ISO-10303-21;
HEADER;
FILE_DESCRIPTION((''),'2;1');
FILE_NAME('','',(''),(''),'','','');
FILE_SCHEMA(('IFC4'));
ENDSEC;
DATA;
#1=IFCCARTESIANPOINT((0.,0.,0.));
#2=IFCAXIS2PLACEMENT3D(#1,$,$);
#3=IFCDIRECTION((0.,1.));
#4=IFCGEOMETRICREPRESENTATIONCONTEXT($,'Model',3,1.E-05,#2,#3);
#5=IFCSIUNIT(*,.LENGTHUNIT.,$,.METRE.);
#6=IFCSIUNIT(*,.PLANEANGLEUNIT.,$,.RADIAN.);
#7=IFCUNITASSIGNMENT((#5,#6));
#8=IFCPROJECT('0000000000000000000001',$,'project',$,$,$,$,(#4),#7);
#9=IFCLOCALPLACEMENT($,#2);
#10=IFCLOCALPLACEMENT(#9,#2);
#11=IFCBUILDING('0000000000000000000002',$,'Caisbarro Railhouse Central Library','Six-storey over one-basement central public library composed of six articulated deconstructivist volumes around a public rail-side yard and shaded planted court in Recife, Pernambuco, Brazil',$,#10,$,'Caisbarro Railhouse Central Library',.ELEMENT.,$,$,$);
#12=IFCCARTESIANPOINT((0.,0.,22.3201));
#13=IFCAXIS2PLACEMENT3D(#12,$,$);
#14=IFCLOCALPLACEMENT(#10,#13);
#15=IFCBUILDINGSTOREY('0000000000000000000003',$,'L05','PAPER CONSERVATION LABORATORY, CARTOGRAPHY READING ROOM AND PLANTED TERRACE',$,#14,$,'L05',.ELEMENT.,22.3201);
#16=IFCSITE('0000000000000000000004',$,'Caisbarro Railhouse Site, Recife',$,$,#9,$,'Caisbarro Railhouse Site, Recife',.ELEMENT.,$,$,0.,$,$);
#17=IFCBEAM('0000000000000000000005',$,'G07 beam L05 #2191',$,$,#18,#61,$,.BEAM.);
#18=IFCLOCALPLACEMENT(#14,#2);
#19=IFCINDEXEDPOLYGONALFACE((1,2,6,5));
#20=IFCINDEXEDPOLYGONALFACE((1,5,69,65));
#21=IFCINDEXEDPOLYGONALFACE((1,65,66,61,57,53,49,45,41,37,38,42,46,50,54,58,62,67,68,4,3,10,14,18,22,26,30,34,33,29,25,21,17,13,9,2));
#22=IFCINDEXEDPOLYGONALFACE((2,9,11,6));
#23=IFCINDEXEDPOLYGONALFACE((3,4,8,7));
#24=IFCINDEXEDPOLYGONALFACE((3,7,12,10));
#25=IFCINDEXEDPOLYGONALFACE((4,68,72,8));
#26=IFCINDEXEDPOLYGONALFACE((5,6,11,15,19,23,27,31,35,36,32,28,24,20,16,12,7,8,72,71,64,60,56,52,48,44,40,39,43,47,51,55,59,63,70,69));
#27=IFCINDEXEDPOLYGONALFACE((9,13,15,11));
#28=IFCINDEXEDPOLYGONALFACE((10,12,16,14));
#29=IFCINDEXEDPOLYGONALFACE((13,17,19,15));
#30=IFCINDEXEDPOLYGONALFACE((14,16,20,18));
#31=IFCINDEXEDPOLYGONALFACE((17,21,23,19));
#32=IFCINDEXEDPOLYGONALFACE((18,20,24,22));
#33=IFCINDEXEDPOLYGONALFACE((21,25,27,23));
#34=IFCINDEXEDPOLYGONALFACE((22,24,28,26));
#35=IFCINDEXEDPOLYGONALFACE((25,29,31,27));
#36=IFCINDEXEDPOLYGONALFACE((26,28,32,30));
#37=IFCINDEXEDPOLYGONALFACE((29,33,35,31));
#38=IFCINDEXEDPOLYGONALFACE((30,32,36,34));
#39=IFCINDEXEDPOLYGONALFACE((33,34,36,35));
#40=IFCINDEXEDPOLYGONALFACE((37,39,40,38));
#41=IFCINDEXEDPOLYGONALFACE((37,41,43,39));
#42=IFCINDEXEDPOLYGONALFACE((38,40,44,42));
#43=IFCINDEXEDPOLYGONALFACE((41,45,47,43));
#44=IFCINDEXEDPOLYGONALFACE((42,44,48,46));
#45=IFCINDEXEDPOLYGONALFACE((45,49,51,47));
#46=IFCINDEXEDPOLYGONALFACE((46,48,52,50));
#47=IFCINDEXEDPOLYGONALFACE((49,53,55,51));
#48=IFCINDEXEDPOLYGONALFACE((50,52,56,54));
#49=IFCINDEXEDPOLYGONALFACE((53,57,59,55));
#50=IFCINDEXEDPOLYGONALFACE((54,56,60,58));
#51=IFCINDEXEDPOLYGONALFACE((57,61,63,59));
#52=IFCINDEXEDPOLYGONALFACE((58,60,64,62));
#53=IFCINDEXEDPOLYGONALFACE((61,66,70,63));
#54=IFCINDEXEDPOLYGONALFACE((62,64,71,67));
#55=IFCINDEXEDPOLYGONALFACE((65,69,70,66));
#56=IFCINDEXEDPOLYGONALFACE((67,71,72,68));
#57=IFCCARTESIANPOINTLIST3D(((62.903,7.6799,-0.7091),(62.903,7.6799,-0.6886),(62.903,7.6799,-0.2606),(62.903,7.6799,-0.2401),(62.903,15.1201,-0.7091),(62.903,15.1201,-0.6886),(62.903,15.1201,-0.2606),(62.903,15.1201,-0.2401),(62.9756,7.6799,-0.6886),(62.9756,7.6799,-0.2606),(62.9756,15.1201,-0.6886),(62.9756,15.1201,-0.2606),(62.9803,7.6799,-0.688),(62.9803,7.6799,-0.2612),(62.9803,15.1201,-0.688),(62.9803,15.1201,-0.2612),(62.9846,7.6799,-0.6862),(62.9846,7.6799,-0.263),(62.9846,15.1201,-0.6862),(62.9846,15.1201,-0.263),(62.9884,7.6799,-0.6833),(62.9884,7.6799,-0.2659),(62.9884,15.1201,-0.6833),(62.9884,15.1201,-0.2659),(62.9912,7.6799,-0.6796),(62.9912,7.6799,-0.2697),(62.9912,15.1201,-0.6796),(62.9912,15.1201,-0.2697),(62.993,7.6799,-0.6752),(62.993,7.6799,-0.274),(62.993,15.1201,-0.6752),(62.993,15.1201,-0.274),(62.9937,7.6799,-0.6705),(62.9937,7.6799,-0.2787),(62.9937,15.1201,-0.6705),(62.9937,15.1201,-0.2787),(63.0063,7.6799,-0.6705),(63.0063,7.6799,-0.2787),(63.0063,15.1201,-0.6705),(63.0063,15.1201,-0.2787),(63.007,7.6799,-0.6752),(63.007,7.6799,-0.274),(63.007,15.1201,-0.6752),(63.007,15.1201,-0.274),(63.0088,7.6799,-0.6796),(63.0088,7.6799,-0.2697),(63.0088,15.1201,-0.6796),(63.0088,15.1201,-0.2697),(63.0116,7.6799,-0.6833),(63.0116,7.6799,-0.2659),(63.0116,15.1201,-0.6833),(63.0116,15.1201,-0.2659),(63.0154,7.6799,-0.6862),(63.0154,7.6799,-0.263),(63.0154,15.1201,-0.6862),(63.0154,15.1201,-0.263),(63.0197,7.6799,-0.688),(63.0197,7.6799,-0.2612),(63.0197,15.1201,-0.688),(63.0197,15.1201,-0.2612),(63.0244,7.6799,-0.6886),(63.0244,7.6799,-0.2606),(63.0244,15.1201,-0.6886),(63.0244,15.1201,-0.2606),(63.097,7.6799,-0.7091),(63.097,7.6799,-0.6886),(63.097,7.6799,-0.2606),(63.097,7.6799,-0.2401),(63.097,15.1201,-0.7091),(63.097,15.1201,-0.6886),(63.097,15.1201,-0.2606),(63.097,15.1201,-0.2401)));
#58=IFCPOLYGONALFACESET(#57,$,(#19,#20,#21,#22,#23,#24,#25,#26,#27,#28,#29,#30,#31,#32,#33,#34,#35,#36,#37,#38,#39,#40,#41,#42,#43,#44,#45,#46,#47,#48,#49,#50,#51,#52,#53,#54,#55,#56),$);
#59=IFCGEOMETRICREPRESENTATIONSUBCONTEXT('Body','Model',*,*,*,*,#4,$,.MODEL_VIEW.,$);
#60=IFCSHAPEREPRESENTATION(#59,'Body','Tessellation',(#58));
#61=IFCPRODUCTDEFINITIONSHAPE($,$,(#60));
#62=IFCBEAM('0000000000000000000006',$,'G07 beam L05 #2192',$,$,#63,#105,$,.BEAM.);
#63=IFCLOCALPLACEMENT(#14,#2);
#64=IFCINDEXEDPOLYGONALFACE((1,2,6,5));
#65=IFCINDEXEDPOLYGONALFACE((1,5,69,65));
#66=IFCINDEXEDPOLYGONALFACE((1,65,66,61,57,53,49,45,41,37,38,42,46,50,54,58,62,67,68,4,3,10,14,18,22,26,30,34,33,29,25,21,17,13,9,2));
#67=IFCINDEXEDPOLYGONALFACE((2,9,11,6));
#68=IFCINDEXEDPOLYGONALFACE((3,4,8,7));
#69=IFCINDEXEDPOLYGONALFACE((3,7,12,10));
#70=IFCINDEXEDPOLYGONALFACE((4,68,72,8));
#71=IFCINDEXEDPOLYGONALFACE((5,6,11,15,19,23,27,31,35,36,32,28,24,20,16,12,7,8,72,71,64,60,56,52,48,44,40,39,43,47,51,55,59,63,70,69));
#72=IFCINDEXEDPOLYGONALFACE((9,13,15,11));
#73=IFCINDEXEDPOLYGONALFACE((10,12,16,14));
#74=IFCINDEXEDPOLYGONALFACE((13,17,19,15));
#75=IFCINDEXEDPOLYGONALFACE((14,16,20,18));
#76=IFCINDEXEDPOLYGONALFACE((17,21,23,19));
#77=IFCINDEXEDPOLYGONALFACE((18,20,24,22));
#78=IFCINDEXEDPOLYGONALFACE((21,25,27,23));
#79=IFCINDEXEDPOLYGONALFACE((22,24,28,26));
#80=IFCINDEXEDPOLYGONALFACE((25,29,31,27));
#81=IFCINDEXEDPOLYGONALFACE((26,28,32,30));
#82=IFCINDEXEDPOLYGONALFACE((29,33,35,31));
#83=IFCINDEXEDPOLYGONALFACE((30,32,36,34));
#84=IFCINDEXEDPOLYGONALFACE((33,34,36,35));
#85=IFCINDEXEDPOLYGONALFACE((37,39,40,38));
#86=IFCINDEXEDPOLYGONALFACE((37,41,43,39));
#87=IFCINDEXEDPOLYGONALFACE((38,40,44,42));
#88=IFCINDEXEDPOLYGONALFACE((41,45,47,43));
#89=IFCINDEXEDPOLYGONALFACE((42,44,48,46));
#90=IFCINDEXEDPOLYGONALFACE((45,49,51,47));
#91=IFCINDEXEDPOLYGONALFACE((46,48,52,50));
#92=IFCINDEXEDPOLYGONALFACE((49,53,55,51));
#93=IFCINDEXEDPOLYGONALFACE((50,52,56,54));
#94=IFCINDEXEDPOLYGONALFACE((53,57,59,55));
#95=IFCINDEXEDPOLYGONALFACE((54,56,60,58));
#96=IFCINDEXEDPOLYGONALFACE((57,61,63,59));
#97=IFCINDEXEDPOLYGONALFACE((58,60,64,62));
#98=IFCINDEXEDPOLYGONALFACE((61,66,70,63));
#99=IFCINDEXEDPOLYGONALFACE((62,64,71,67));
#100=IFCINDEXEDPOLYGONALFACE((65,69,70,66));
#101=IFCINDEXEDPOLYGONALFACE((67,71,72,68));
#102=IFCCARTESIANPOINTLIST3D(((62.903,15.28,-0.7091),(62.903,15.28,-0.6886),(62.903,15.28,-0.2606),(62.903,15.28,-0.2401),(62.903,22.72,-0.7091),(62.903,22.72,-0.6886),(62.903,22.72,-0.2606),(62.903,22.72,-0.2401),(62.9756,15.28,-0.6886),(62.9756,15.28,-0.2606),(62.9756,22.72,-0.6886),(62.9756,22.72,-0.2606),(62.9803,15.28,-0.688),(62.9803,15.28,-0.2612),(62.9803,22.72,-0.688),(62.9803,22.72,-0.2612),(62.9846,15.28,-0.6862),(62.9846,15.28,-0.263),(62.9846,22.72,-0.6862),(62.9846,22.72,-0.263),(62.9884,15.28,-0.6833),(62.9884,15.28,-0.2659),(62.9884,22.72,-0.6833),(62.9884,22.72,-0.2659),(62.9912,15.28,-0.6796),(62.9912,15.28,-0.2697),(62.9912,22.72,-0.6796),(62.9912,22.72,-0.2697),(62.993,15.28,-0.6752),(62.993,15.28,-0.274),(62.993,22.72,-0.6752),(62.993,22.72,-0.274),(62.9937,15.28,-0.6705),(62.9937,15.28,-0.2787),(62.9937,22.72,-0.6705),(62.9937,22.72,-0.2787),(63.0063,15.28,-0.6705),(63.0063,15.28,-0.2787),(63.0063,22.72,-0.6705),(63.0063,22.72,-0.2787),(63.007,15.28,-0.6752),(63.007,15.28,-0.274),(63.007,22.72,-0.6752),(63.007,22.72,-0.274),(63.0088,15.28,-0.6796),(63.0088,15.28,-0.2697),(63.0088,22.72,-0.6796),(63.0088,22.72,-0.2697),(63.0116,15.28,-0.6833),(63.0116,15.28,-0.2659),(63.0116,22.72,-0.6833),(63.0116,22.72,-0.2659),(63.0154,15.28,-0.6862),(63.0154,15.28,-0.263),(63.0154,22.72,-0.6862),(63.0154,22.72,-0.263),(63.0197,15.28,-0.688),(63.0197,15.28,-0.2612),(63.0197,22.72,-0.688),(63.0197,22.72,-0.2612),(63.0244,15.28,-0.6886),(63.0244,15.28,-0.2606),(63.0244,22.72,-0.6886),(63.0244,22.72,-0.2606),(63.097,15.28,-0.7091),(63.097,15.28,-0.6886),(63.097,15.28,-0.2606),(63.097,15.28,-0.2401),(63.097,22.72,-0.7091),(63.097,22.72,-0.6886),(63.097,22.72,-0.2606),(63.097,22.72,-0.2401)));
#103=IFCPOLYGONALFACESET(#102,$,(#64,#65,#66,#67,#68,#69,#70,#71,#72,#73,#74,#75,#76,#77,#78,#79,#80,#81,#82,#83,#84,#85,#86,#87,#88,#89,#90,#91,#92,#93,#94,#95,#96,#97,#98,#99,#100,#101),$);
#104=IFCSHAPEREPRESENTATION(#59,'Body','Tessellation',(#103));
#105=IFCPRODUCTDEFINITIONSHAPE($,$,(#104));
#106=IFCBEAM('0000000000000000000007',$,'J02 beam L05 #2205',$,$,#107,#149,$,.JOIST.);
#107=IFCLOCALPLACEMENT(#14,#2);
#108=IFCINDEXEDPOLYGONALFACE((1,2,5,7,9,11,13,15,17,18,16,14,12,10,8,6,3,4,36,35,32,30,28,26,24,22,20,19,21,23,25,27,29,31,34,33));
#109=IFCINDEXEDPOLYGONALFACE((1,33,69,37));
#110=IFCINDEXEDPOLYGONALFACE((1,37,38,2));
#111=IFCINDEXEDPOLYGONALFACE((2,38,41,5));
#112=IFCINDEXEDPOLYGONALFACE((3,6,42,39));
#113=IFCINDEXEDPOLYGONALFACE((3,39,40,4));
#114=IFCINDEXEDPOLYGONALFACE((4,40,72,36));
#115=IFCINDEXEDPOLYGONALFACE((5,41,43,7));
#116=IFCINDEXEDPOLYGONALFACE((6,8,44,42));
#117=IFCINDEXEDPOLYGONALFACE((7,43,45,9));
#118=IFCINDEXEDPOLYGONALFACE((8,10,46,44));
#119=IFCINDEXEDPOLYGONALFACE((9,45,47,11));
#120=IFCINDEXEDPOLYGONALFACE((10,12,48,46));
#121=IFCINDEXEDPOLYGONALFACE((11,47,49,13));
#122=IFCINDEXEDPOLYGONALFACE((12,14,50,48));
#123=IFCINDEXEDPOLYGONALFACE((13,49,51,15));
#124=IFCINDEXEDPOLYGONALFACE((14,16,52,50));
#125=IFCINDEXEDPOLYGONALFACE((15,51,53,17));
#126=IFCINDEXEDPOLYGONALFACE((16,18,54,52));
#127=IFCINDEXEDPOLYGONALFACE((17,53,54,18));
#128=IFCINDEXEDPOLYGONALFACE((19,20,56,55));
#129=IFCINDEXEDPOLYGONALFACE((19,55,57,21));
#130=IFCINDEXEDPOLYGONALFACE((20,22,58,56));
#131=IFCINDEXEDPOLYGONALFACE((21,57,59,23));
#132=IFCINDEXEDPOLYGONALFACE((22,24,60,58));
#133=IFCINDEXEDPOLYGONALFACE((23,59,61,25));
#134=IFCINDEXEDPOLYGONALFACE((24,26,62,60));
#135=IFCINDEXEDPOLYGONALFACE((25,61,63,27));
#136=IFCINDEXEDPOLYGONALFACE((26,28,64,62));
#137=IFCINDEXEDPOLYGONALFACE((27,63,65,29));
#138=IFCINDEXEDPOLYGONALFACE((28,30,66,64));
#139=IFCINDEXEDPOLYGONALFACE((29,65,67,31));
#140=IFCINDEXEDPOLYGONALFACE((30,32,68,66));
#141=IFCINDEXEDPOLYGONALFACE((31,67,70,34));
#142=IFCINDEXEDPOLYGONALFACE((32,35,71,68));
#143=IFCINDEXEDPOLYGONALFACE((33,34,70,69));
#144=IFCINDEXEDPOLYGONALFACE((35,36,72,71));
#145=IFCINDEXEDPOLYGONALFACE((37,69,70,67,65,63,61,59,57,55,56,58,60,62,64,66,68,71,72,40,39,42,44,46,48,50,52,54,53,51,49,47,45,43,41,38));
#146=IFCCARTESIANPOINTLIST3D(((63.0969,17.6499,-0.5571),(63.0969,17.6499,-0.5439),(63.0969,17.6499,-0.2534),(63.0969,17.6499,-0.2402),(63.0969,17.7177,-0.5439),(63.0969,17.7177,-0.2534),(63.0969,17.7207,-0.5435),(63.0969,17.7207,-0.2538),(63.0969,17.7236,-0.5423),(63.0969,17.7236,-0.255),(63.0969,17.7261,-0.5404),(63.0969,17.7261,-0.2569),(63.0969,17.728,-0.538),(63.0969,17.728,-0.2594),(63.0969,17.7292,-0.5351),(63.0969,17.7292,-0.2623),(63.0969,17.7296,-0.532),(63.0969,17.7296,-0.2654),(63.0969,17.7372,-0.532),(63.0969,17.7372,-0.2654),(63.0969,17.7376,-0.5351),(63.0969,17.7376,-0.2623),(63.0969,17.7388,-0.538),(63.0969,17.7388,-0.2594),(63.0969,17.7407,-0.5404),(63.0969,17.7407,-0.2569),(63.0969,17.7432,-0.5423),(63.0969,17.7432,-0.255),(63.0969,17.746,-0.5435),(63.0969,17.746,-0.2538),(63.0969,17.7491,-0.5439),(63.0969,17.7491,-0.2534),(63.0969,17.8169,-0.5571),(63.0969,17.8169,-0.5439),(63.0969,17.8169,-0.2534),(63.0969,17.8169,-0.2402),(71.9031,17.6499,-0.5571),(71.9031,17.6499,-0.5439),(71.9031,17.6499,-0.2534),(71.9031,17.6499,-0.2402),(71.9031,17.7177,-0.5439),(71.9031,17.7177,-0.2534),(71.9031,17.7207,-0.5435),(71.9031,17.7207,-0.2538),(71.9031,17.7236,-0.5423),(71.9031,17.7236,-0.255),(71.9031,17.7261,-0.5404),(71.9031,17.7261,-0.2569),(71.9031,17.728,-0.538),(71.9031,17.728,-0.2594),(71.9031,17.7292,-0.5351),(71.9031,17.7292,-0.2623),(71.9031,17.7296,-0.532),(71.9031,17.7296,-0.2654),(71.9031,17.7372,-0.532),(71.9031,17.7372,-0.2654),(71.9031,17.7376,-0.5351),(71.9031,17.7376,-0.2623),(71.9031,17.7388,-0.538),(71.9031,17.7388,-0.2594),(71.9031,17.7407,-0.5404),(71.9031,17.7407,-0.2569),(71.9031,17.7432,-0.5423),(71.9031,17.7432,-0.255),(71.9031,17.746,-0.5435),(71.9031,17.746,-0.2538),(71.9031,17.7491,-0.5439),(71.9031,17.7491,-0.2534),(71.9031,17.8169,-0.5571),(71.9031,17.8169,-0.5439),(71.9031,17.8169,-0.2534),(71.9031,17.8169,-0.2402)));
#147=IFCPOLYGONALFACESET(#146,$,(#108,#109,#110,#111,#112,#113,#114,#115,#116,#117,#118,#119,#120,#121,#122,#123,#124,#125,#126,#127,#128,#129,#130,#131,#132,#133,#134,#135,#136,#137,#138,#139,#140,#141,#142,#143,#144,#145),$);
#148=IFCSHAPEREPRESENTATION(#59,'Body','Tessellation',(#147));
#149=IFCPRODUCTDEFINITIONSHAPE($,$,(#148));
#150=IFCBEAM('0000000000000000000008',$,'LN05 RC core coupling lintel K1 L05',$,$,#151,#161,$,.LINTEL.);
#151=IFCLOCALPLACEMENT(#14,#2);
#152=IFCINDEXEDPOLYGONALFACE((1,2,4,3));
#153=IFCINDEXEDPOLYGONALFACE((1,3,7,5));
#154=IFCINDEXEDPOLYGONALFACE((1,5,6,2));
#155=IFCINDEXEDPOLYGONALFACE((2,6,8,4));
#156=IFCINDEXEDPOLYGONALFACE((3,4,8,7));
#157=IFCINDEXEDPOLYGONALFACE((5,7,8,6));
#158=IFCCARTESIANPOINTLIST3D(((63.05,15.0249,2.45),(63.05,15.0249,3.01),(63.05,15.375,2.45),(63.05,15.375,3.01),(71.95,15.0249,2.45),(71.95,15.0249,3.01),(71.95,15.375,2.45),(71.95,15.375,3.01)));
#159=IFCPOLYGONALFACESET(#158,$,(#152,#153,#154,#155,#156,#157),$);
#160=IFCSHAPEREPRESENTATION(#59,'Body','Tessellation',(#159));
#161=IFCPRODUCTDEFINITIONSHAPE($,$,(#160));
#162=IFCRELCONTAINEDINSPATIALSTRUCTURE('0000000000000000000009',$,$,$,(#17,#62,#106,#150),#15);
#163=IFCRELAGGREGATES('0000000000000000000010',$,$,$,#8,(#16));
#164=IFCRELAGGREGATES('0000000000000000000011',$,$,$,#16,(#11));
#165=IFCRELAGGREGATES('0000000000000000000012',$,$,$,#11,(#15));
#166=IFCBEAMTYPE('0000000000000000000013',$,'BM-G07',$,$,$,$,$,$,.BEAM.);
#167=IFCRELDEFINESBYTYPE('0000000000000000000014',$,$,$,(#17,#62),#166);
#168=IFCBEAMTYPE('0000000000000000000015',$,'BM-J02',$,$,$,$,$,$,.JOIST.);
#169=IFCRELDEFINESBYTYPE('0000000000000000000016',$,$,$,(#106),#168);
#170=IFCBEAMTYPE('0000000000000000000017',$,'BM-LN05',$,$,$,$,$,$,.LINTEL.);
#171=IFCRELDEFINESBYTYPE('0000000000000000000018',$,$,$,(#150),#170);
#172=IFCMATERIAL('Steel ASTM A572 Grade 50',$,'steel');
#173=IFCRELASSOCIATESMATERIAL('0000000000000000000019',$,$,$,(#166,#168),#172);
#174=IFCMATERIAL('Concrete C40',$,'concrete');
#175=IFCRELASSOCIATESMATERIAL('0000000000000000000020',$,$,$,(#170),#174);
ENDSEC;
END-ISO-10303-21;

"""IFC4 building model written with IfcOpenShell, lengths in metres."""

from ifc_helpers import new_model, si_unit, direction, frame, origin, origin_2d, place, context, subcontext, project, spatial, rectangle, i_section, extrude, material, material_profile, profile_set, type_object, element, save


model = new_model("IFC4")

# Units and contexts
model_context = context("Model", 3, precision=1e-05, world=origin(), true_north=direction((0.0, 1.0)))
body_context = subcontext(model_context, "Body", "Model", "MODEL_VIEW")
ifc_project = project(units=[si_unit("LENGTHUNIT", "METRE"), si_unit("PLANEANGLEUNIT", "RADIAN")], contexts=[model_context])

# Site, building, storey
site_placement = place(None, origin())
site = spatial("IfcSite", under=ifc_project, at=site_placement, Name="Caisbarro Railhouse Site, Recife", LongName="Caisbarro Railhouse Site, Recife", CompositionType="ELEMENT", RefElevation=0.0)
building_placement = place(site_placement, origin())
building = spatial("IfcBuilding", under=site, at=building_placement, Name="Caisbarro Railhouse Central Library", Description="Six-storey over one-basement central public library composed of six articulated deconstructivist volumes around a public rail-side yard and shaded planted court in Recife, Pernambuco, Brazil", LongName="Caisbarro Railhouse Central Library", CompositionType="ELEMENT")
storey_placement = place(building_placement, frame((0.0, 0.0, 22.3201)))
storey = spatial("IfcBuildingStorey", under=building, at=storey_placement, Name="L05", Description="PAPER CONSERVATION LABORATORY, CARTOGRAPHY READING ROOM AND PLANTED TERRACE", LongName="L05", CompositionType="ELEMENT", Elevation=22.3201)

# Shared definitions
ifc_material_1 = material(Name="Steel ASTM A572 Grade 50", Category="steel")

# Beams
ifc_material_profile_1 = material_profile(ifc_material_1, i_section(OverallWidth=0.1941, OverallDepth=0.469, WebThickness=0.0127, FlangeThickness=0.0205, FilletRadius=0.0181, at=origin_2d()), Name="W460X106.0")
ifc_profile_set_1 = profile_set([ifc_material_profile_1], Name="Steel ASTM A572 Grade 50")
beam_type_1 = type_object("IfcBeamType", Name="BM-G07", PredefinedType="BEAM", material=ifc_profile_set_1)
beam_1_placement = place(storey_placement, frame((63.0, 7.6799, -0.4746), z_axis=(0.0, 1.0, 0.0), x_axis=(-1.0, 0.0, 0.0)))
element("IfcBeam", 1, at=beam_1_placement, inside=storey, type_object=beam_type_1, Name="G07 beam L05 #2191", PredefinedType="BEAM", context=body_context, shape_type="SweptSolid", body=[
    extrude(i_section(OverallWidth=0.1941, OverallDepth=0.469, WebThickness=0.0127, FlangeThickness=0.0205, FilletRadius=0.0181, at=origin_2d()), origin(), (0.0, 0.0, 1.0), 7.4402),
])
beam_2_placement = place(storey_placement, frame((63.0, 15.28, -0.4746), z_axis=(0.0, 1.0, 0.0), x_axis=(-1.0, 0.0, 0.0)))
element("IfcBeam", 2, at=beam_2_placement, inside=storey, type_object=beam_type_1, Name="G07 beam L05 #2192", PredefinedType="BEAM", context=body_context, shape_type="SweptSolid", body=[
    extrude(i_section(OverallWidth=0.1941, OverallDepth=0.469, WebThickness=0.0127, FlangeThickness=0.0205, FilletRadius=0.0181, at=origin_2d()), origin(), (0.0, 0.0, 1.0), 7.4399),
])
ifc_material_profile_2 = material_profile(ifc_material_1, i_section(OverallWidth=0.167, OverallDepth=0.3169, WebThickness=0.0076, FlangeThickness=0.0132, FilletRadius=0.012, at=origin_2d()), Name="W310X52.0")
ifc_profile_set_2 = profile_set([ifc_material_profile_2], Name="Steel ASTM A572 Grade 50")
beam_type_2 = type_object("IfcBeamType", Name="BM-J02", PredefinedType="JOIST", material=ifc_profile_set_2)
beam_3_placement = place(storey_placement, frame((63.0969, 17.7334, -0.3987), z_axis=(1.0, 0.0, 0.0), x_axis=(0.0, 1.0, 0.0)))
element("IfcBeam", 3, at=beam_3_placement, inside=storey, type_object=beam_type_2, Name="J02 beam L05 #2205", PredefinedType="JOIST", context=body_context, shape_type="SweptSolid", body=[
    extrude(i_section(OverallWidth=0.167, OverallDepth=0.3169, WebThickness=0.0076, FlangeThickness=0.0132, FilletRadius=0.012, at=origin_2d()), origin(), (0.0, 0.0, 1.0), 8.8062),
])
ifc_material_2 = material(Name="Concrete C40", Category="concrete")
ifc_material_profile_3 = material_profile(ifc_material_2, rectangle(XDim=0.3501, YDim=0.5601, at=origin_2d()), Name="RC-LIN-350X560")
ifc_profile_set_3 = profile_set([ifc_material_profile_3], Name="Concrete C40")
beam_type_3 = type_object("IfcBeamType", Name="BM-LN05", PredefinedType="LINTEL", material=ifc_profile_set_3)
beam_4_placement = place(storey_placement, frame((63.05, 15.2, 2.73), z_axis=(1.0, 0.0, 0.0), x_axis=(0.0, 1.0, 0.0)))
element("IfcBeam", 4, at=beam_4_placement, inside=storey, type_object=beam_type_3, Name="LN05 RC core coupling lintel K1 L05", PredefinedType="LINTEL", context=body_context, shape_type="SweptSolid", body=[
    extrude(rectangle(XDim=0.3501, YDim=0.5601, at=origin_2d()), origin(), (0.0, 0.0, 1.0), 8.8999),
])

save(model, "model.ifc")
